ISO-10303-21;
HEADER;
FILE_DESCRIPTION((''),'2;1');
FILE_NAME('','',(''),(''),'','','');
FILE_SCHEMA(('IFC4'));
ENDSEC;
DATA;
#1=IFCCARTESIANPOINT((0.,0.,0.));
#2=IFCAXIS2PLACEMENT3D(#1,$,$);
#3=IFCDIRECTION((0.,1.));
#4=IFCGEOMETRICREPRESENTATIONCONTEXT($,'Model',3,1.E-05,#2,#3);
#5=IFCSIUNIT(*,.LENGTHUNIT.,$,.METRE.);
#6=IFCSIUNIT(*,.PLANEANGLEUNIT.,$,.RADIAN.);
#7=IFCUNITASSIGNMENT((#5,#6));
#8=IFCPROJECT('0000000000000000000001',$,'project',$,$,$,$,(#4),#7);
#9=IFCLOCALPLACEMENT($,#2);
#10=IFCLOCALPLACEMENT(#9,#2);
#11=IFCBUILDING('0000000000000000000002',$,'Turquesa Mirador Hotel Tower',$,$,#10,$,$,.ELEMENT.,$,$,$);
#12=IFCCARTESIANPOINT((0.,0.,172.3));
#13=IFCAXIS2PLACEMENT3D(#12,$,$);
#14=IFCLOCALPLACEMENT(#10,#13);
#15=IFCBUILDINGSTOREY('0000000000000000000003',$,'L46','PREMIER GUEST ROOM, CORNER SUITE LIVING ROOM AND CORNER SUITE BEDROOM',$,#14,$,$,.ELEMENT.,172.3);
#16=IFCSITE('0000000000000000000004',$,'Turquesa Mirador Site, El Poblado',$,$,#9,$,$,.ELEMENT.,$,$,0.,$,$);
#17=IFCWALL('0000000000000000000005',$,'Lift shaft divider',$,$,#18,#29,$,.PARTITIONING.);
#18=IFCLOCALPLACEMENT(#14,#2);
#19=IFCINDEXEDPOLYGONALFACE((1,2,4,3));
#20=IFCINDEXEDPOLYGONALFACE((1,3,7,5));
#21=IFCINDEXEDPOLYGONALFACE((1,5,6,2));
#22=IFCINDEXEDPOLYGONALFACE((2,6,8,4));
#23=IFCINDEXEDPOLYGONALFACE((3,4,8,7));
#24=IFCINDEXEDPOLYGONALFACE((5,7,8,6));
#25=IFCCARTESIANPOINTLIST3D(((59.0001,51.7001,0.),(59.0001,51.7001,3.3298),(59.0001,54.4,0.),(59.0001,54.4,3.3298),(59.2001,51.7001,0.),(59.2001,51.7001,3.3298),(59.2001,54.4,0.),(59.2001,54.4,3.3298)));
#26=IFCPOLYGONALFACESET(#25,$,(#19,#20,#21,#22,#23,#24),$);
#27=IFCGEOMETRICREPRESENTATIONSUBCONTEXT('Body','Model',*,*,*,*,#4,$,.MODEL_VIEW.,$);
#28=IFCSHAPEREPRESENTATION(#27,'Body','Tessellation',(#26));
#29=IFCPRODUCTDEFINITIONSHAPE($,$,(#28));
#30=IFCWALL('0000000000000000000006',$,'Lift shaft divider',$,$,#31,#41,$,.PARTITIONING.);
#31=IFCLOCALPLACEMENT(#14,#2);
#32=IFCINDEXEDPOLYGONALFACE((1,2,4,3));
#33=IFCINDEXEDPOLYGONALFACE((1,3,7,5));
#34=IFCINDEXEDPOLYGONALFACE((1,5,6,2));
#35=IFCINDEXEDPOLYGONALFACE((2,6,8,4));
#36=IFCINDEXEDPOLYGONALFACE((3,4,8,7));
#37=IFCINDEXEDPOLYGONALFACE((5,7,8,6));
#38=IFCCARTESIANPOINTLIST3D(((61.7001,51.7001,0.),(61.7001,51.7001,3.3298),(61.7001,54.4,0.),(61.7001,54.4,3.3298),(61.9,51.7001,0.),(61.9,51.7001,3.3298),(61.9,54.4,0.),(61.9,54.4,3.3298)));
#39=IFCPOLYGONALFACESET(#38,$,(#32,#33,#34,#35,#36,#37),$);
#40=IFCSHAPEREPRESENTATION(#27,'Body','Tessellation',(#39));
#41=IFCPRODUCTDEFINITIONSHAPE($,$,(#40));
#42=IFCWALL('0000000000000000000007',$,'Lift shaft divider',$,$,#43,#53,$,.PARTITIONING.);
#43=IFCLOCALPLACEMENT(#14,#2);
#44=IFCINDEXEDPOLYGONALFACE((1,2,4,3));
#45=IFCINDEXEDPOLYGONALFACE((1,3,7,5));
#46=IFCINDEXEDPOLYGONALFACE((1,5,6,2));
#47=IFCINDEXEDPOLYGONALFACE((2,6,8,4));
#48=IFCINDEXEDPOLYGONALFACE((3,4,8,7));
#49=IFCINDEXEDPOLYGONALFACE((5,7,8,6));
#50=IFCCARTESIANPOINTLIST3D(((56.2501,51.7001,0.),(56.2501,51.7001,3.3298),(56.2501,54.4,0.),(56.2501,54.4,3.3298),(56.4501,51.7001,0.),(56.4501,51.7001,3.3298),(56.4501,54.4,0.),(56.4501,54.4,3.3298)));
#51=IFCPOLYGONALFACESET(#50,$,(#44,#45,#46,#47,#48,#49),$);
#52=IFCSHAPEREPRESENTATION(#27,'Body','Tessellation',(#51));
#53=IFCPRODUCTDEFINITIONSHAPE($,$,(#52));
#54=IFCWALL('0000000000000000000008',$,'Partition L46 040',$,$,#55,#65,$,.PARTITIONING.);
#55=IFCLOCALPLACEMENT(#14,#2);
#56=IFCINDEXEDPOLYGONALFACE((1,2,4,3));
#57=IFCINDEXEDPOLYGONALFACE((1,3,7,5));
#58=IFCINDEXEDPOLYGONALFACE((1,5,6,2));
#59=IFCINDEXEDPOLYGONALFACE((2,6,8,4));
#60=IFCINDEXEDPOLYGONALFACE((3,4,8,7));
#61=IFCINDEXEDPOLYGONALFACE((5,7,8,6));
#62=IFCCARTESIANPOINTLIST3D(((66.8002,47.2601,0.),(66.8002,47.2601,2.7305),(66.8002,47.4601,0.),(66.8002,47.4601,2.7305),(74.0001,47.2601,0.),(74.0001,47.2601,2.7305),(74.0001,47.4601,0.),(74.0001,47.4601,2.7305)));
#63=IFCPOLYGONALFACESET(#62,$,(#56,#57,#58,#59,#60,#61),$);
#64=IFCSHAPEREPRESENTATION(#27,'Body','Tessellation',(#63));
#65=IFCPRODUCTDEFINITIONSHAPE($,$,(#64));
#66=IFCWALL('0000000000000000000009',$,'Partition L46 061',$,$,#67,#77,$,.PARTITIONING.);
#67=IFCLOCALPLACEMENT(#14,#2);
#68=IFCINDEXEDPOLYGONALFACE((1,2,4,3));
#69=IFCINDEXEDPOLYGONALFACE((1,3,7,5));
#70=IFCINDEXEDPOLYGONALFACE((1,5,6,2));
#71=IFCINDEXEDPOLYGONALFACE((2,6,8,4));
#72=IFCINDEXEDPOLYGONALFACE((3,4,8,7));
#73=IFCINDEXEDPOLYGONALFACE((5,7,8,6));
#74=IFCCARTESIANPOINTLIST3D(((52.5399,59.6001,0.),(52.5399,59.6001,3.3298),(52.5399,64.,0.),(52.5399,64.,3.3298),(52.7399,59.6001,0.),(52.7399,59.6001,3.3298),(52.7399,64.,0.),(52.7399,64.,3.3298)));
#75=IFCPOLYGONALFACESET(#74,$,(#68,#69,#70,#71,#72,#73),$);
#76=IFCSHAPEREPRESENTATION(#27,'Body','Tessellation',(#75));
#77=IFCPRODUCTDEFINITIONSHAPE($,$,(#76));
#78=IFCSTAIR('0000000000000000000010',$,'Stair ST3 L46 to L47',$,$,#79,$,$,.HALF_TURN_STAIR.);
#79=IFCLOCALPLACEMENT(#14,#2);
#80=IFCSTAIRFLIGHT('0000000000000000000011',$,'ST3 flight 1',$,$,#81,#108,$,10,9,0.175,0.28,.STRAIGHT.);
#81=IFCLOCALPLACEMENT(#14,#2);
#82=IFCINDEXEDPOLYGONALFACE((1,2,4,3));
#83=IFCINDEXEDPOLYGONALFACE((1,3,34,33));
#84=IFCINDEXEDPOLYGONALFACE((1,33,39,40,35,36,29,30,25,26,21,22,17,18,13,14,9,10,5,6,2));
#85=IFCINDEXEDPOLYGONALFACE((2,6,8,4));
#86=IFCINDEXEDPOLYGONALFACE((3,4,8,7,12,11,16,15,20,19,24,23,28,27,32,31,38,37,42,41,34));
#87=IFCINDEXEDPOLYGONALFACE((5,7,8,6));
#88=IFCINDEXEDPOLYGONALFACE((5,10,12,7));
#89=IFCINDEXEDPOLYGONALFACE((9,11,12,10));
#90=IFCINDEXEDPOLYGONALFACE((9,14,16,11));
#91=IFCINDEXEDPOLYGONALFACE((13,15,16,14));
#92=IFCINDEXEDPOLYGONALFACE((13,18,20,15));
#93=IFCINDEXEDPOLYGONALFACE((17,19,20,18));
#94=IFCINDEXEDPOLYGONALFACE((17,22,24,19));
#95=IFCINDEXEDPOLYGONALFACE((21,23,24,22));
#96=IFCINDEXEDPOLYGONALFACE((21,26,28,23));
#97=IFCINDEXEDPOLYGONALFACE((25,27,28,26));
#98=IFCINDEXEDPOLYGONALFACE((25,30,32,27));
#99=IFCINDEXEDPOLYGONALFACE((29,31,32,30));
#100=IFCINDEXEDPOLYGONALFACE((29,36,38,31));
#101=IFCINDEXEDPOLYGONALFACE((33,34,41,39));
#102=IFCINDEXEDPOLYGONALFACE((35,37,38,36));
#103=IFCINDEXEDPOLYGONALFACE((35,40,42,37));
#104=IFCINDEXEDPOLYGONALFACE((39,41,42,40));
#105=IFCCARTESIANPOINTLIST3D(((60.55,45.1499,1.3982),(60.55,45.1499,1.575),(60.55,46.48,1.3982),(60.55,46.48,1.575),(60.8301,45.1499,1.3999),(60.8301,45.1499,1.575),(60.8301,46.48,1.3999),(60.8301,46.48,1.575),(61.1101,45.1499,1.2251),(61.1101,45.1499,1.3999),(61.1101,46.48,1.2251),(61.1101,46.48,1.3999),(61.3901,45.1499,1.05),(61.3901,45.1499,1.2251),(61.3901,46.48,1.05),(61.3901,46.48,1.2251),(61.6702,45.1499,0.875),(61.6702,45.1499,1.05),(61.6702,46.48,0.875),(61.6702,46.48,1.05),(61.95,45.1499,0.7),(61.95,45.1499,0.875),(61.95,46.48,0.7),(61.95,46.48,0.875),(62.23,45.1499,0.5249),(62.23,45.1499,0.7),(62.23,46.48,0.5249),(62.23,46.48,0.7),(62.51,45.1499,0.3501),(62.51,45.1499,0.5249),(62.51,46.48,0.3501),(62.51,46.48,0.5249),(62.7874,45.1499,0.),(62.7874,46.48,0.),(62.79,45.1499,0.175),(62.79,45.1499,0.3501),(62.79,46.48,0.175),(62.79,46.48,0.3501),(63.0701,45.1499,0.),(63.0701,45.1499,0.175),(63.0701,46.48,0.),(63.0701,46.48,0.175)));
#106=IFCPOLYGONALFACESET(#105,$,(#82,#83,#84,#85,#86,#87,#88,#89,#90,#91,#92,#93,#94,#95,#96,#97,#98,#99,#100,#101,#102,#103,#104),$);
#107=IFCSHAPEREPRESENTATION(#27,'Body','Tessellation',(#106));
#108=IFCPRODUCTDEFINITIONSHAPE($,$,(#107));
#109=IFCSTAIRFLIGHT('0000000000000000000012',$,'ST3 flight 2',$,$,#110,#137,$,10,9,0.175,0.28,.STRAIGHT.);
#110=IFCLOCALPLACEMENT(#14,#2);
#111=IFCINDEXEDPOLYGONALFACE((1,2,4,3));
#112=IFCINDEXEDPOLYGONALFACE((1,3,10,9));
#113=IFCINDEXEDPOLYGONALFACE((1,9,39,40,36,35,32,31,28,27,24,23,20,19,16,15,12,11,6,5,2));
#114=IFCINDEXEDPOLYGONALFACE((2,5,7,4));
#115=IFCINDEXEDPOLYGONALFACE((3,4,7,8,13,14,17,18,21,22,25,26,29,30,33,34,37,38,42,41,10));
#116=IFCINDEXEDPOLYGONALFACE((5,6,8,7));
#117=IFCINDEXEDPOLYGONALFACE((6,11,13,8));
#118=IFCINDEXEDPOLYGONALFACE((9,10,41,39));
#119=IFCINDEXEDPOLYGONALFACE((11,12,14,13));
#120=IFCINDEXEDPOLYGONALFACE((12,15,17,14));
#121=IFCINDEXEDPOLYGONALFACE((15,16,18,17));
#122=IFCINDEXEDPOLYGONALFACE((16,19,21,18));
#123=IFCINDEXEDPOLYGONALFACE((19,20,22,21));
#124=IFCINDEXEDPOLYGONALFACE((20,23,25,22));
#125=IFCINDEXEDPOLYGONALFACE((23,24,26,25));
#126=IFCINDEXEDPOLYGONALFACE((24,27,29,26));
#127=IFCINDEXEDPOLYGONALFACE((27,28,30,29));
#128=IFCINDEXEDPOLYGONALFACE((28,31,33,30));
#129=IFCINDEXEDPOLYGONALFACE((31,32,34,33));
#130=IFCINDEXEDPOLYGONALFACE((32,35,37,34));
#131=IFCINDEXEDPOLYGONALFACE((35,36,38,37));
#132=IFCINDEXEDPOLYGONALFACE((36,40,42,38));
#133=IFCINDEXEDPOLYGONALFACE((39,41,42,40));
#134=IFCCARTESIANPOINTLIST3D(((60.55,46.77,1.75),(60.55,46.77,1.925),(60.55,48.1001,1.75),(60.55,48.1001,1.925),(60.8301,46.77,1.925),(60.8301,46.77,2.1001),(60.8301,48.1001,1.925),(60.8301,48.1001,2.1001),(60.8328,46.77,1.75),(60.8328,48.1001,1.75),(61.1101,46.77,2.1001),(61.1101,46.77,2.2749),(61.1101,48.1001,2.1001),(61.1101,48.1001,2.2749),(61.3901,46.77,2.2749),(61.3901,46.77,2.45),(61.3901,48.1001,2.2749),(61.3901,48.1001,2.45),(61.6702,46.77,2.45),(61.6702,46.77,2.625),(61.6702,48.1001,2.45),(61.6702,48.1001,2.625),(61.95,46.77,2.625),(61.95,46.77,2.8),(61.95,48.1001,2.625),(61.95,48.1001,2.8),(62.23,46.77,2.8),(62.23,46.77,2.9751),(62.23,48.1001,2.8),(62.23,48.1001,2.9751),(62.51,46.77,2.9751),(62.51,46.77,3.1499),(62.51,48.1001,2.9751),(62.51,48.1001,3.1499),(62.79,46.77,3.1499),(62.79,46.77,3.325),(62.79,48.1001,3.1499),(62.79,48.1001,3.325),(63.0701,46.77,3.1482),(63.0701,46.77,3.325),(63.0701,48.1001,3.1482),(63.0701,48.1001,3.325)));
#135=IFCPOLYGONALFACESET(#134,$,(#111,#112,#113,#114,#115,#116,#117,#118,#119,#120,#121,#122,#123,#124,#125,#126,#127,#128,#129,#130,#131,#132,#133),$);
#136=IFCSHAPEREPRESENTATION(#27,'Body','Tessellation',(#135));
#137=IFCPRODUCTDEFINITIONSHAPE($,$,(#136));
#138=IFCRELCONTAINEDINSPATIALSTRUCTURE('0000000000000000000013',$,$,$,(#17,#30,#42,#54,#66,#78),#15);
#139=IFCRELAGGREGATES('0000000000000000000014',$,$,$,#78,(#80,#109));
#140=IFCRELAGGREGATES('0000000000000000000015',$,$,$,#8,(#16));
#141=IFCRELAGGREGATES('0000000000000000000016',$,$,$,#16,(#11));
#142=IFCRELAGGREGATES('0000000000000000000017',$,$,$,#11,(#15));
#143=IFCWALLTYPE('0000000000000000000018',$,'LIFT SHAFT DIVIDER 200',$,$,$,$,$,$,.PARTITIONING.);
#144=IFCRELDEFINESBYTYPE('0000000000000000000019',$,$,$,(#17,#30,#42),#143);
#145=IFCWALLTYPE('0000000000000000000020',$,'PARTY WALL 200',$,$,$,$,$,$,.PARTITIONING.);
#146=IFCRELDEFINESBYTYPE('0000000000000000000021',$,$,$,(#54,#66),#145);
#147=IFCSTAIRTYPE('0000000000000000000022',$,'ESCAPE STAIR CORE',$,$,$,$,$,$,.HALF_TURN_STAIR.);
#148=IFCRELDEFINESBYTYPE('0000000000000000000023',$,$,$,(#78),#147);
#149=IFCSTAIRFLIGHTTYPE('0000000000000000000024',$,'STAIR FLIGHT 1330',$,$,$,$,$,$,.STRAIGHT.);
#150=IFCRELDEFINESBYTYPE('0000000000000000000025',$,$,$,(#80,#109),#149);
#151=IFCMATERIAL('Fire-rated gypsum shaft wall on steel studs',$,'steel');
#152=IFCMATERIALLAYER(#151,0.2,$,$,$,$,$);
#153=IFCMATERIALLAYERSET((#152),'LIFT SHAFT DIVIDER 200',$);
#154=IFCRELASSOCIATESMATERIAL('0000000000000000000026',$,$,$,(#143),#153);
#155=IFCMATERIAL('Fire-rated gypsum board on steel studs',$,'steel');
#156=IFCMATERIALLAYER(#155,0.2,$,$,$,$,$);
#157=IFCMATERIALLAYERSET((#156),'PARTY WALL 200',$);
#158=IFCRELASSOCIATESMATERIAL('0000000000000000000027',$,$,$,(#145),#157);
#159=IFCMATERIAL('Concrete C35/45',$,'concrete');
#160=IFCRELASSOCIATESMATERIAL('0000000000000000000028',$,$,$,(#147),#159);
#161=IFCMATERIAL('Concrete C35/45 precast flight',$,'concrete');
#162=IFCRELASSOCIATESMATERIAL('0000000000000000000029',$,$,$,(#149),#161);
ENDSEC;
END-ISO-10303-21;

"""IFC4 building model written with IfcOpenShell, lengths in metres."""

from ifc_helpers import new_model, si_unit, direction, frame, frame_2d, origin, place, context, subcontext, project, spatial, polyline, rectangle, outline, extrude, material, layer, layer_set, type_object, element, aggregate, save


model = new_model("IFC4")

# Units and contexts
model_context = context("Model", 3, precision=1e-05, world=origin(), true_north=direction((0.0, 1.0)))
body_context = subcontext(model_context, "Body", "Model", "MODEL_VIEW")
ifc_project = project(units=[si_unit("LENGTHUNIT", "METRE"), si_unit("PLANEANGLEUNIT", "RADIAN")], contexts=[model_context])

# Site, building, storey
site_placement = place(None, origin())
site = spatial("IfcSite", under=ifc_project, at=site_placement, Name="Turquesa Mirador Site, El Poblado", CompositionType="ELEMENT", RefElevation=0.0)
building_placement = place(site_placement, origin())
building = spatial("IfcBuilding", under=site, at=building_placement, Name="Turquesa Mirador Hotel Tower", CompositionType="ELEMENT")
storey_placement = place(building_placement, frame((0.0, 0.0, 172.3)))
storey = spatial("IfcBuildingStorey", under=building, at=storey_placement, Name="L46", Description="PREMIER GUEST ROOM, CORNER SUITE LIVING ROOM AND CORNER SUITE BEDROOM", CompositionType="ELEMENT", Elevation=172.3)

# Walls
ifc_material_1 = material(Name="Fire-rated gypsum shaft wall on steel studs", Category="steel")
ifc_layer_1 = layer(ifc_material_1, 0.2)
ifc_layer_set_1 = layer_set([ifc_layer_1], Name="LIFT SHAFT DIVIDER 200")
wall_type_1 = type_object("IfcWallType", Name="LIFT SHAFT DIVIDER 200", PredefinedType="PARTITIONING", material=ifc_layer_set_1)
for number, where, z_axis, x_axis, name in (
    (1, (59.1001, 51.7, 0.0), (0.0, 0.0, 1.0), (0.0, 1.0, 0.0), "Lift shaft divider"),
    (2, (61.8, 51.7, 0.0), (0.0, 0.0, 1.0), (0.0, 1.0, 0.0), "Lift shaft divider"),
    (3, (56.3501, 51.7, 0.0), (0.0, 0.0, 1.0), (0.0, 1.0, 0.0), "Lift shaft divider"),
):
    element("IfcWall", number, at=place(storey_placement, frame(where, z_axis=z_axis, x_axis=x_axis)), inside=storey, type_object=wall_type_1, Name=name, PredefinedType="PARTITIONING", context=body_context, shape_type="SweptSolid", body=[
        extrude(rectangle(XDim=2.7, YDim=0.2, at=frame_2d((1.3501, 0.0))), origin(), (0.0, 0.0, 1.0), 3.3298),
    ])
ifc_material_2 = material(Name="Fire-rated gypsum board on steel studs", Category="steel")
ifc_layer_2 = layer(ifc_material_2, 0.2)
ifc_layer_set_2 = layer_set([ifc_layer_2], Name="PARTY WALL 200")
wall_type_2 = type_object("IfcWallType", Name="PARTY WALL 200", PredefinedType="PARTITIONING", material=ifc_layer_set_2)
wall_1_placement = place(storey_placement, frame((66.8, 47.3601, 0.0), z_axis=(0.0, 0.0, 1.0), x_axis=(1.0, 0.0, 0.0)))
element("IfcWall", 4, at=wall_1_placement, inside=storey, type_object=wall_type_2, Name="Partition L46 040", PredefinedType="PARTITIONING", context=body_context, shape_type="SweptSolid", body=[
    extrude(rectangle(XDim=7.2, YDim=0.2, at=frame_2d((3.6001, 0.0))), origin(), (0.0, 0.0, 1.0), 2.7305),
])
wall_2_placement = place(storey_placement, frame((52.6399, 59.6001, 0.0), z_axis=(0.0, 0.0, 1.0), x_axis=(0.0, 1.0, 0.0)))
element("IfcWall", 5, at=wall_2_placement, inside=storey, type_object=wall_type_2, Name="Partition L46 061", PredefinedType="PARTITIONING", context=body_context, shape_type="SweptSolid", body=[
    extrude(rectangle(XDim=4.3999, YDim=0.2, at=frame_2d((2.2, 0.0))), origin(), (0.0, 0.0, 1.0), 3.3298),
])

# Stair, stair flights
ifc_material_3 = material(Name="Concrete C35/45", Category="concrete")
stair_type = type_object("IfcStairType", Name="ESCAPE STAIR CORE", PredefinedType="HALF_TURN_STAIR", material=ifc_material_3)
stair_placement = place(storey_placement, origin())
stair = element("IfcStair", 6, at=stair_placement, inside=storey, type_object=stair_type, Name="Stair ST3 L46 to L47", PredefinedType="HALF_TURN_STAIR")
ifc_material_4 = material(Name="Concrete C35/45 precast flight", Category="concrete")
stair_flight_type = type_object("IfcStairFlightType", Name="STAIR FLIGHT 1330", PredefinedType="STRAIGHT", material=ifc_material_4)
stair_flight_1_placement = place(storey_placement, frame((63.0701, 45.8149, 0.0), z_axis=(0.0, 0.0, 1.0), x_axis=(-1.0, 0.0, 0.0)))
stair_flight_1 = element("IfcStairFlight", 7, at=stair_flight_1_placement, type_object=stair_flight_type, Name="ST3 flight 1", NumberOfRisers=10, NumberOfTreads=9, PredefinedType="STRAIGHT", RiserHeight=0.175, TreadLength=0.28, context=body_context, shape_type="SweptSolid", body=[
    extrude(outline(polyline([(0.0, 0.0), (0.0, 0.175), (0.28, 0.175), (0.28, 0.3501), (0.5601, 0.3501), (0.5601, 0.5249), (0.8401, 0.5249), (0.8401, 0.7), (1.1201, 0.7), (1.1201, 0.875), (1.3999, 0.875), (1.3999, 1.05), (1.6799, 1.05), (1.6799, 1.2251), (1.96, 1.2251), (1.96, 1.3999), (2.24, 1.3999), (2.24, 1.575), (2.52, 1.575), (2.52, 1.75), (2.52, 1.3982), (0.2827, 0.0), (0.0, 0.0)])), frame((0.0, 0.665, 0.0), z_axis=(0.0, -1.0, 0.0), x_axis=(1.0, 0.0, 0.0)), (0.0, 0.0, 1.0), 1.3301),
])
stair_flight_2_placement = place(storey_placement, frame((60.55, 47.4351, 1.75), z_axis=(0.0, 0.0, 1.0), x_axis=(1.0, 0.0, 0.0)))
stair_flight_2 = element("IfcStairFlight", 8, at=stair_flight_2_placement, type_object=stair_flight_type, Name="ST3 flight 2", NumberOfRisers=10, NumberOfTreads=9, PredefinedType="STRAIGHT", RiserHeight=0.175, TreadLength=0.28, context=body_context, shape_type="SweptSolid", body=[
    extrude(outline(polyline([(0.0, 0.0), (0.0, 0.175), (0.28, 0.175), (0.28, 0.3501), (0.5601, 0.3501), (0.5601, 0.5249), (0.8401, 0.5249), (0.8401, 0.7), (1.1201, 0.7), (1.1201, 0.875), (1.3999, 0.875), (1.3999, 1.05), (1.6799, 1.05), (1.6799, 1.2251), (1.96, 1.2251), (1.96, 1.3999), (2.24, 1.3999), (2.24, 1.575), (2.52, 1.575), (2.52, 1.75), (2.52, 1.3982), (0.2827, 0.0), (0.0, 0.0)])), frame((0.0, 0.665, 0.0), z_axis=(0.0, -1.0, 0.0), x_axis=(1.0, 0.0, 0.0)), (0.0, 0.0, 1.0), 1.3301),
])
aggregate(stair, [stair_flight_1, stair_flight_2])

save(model, "model.ifc")
